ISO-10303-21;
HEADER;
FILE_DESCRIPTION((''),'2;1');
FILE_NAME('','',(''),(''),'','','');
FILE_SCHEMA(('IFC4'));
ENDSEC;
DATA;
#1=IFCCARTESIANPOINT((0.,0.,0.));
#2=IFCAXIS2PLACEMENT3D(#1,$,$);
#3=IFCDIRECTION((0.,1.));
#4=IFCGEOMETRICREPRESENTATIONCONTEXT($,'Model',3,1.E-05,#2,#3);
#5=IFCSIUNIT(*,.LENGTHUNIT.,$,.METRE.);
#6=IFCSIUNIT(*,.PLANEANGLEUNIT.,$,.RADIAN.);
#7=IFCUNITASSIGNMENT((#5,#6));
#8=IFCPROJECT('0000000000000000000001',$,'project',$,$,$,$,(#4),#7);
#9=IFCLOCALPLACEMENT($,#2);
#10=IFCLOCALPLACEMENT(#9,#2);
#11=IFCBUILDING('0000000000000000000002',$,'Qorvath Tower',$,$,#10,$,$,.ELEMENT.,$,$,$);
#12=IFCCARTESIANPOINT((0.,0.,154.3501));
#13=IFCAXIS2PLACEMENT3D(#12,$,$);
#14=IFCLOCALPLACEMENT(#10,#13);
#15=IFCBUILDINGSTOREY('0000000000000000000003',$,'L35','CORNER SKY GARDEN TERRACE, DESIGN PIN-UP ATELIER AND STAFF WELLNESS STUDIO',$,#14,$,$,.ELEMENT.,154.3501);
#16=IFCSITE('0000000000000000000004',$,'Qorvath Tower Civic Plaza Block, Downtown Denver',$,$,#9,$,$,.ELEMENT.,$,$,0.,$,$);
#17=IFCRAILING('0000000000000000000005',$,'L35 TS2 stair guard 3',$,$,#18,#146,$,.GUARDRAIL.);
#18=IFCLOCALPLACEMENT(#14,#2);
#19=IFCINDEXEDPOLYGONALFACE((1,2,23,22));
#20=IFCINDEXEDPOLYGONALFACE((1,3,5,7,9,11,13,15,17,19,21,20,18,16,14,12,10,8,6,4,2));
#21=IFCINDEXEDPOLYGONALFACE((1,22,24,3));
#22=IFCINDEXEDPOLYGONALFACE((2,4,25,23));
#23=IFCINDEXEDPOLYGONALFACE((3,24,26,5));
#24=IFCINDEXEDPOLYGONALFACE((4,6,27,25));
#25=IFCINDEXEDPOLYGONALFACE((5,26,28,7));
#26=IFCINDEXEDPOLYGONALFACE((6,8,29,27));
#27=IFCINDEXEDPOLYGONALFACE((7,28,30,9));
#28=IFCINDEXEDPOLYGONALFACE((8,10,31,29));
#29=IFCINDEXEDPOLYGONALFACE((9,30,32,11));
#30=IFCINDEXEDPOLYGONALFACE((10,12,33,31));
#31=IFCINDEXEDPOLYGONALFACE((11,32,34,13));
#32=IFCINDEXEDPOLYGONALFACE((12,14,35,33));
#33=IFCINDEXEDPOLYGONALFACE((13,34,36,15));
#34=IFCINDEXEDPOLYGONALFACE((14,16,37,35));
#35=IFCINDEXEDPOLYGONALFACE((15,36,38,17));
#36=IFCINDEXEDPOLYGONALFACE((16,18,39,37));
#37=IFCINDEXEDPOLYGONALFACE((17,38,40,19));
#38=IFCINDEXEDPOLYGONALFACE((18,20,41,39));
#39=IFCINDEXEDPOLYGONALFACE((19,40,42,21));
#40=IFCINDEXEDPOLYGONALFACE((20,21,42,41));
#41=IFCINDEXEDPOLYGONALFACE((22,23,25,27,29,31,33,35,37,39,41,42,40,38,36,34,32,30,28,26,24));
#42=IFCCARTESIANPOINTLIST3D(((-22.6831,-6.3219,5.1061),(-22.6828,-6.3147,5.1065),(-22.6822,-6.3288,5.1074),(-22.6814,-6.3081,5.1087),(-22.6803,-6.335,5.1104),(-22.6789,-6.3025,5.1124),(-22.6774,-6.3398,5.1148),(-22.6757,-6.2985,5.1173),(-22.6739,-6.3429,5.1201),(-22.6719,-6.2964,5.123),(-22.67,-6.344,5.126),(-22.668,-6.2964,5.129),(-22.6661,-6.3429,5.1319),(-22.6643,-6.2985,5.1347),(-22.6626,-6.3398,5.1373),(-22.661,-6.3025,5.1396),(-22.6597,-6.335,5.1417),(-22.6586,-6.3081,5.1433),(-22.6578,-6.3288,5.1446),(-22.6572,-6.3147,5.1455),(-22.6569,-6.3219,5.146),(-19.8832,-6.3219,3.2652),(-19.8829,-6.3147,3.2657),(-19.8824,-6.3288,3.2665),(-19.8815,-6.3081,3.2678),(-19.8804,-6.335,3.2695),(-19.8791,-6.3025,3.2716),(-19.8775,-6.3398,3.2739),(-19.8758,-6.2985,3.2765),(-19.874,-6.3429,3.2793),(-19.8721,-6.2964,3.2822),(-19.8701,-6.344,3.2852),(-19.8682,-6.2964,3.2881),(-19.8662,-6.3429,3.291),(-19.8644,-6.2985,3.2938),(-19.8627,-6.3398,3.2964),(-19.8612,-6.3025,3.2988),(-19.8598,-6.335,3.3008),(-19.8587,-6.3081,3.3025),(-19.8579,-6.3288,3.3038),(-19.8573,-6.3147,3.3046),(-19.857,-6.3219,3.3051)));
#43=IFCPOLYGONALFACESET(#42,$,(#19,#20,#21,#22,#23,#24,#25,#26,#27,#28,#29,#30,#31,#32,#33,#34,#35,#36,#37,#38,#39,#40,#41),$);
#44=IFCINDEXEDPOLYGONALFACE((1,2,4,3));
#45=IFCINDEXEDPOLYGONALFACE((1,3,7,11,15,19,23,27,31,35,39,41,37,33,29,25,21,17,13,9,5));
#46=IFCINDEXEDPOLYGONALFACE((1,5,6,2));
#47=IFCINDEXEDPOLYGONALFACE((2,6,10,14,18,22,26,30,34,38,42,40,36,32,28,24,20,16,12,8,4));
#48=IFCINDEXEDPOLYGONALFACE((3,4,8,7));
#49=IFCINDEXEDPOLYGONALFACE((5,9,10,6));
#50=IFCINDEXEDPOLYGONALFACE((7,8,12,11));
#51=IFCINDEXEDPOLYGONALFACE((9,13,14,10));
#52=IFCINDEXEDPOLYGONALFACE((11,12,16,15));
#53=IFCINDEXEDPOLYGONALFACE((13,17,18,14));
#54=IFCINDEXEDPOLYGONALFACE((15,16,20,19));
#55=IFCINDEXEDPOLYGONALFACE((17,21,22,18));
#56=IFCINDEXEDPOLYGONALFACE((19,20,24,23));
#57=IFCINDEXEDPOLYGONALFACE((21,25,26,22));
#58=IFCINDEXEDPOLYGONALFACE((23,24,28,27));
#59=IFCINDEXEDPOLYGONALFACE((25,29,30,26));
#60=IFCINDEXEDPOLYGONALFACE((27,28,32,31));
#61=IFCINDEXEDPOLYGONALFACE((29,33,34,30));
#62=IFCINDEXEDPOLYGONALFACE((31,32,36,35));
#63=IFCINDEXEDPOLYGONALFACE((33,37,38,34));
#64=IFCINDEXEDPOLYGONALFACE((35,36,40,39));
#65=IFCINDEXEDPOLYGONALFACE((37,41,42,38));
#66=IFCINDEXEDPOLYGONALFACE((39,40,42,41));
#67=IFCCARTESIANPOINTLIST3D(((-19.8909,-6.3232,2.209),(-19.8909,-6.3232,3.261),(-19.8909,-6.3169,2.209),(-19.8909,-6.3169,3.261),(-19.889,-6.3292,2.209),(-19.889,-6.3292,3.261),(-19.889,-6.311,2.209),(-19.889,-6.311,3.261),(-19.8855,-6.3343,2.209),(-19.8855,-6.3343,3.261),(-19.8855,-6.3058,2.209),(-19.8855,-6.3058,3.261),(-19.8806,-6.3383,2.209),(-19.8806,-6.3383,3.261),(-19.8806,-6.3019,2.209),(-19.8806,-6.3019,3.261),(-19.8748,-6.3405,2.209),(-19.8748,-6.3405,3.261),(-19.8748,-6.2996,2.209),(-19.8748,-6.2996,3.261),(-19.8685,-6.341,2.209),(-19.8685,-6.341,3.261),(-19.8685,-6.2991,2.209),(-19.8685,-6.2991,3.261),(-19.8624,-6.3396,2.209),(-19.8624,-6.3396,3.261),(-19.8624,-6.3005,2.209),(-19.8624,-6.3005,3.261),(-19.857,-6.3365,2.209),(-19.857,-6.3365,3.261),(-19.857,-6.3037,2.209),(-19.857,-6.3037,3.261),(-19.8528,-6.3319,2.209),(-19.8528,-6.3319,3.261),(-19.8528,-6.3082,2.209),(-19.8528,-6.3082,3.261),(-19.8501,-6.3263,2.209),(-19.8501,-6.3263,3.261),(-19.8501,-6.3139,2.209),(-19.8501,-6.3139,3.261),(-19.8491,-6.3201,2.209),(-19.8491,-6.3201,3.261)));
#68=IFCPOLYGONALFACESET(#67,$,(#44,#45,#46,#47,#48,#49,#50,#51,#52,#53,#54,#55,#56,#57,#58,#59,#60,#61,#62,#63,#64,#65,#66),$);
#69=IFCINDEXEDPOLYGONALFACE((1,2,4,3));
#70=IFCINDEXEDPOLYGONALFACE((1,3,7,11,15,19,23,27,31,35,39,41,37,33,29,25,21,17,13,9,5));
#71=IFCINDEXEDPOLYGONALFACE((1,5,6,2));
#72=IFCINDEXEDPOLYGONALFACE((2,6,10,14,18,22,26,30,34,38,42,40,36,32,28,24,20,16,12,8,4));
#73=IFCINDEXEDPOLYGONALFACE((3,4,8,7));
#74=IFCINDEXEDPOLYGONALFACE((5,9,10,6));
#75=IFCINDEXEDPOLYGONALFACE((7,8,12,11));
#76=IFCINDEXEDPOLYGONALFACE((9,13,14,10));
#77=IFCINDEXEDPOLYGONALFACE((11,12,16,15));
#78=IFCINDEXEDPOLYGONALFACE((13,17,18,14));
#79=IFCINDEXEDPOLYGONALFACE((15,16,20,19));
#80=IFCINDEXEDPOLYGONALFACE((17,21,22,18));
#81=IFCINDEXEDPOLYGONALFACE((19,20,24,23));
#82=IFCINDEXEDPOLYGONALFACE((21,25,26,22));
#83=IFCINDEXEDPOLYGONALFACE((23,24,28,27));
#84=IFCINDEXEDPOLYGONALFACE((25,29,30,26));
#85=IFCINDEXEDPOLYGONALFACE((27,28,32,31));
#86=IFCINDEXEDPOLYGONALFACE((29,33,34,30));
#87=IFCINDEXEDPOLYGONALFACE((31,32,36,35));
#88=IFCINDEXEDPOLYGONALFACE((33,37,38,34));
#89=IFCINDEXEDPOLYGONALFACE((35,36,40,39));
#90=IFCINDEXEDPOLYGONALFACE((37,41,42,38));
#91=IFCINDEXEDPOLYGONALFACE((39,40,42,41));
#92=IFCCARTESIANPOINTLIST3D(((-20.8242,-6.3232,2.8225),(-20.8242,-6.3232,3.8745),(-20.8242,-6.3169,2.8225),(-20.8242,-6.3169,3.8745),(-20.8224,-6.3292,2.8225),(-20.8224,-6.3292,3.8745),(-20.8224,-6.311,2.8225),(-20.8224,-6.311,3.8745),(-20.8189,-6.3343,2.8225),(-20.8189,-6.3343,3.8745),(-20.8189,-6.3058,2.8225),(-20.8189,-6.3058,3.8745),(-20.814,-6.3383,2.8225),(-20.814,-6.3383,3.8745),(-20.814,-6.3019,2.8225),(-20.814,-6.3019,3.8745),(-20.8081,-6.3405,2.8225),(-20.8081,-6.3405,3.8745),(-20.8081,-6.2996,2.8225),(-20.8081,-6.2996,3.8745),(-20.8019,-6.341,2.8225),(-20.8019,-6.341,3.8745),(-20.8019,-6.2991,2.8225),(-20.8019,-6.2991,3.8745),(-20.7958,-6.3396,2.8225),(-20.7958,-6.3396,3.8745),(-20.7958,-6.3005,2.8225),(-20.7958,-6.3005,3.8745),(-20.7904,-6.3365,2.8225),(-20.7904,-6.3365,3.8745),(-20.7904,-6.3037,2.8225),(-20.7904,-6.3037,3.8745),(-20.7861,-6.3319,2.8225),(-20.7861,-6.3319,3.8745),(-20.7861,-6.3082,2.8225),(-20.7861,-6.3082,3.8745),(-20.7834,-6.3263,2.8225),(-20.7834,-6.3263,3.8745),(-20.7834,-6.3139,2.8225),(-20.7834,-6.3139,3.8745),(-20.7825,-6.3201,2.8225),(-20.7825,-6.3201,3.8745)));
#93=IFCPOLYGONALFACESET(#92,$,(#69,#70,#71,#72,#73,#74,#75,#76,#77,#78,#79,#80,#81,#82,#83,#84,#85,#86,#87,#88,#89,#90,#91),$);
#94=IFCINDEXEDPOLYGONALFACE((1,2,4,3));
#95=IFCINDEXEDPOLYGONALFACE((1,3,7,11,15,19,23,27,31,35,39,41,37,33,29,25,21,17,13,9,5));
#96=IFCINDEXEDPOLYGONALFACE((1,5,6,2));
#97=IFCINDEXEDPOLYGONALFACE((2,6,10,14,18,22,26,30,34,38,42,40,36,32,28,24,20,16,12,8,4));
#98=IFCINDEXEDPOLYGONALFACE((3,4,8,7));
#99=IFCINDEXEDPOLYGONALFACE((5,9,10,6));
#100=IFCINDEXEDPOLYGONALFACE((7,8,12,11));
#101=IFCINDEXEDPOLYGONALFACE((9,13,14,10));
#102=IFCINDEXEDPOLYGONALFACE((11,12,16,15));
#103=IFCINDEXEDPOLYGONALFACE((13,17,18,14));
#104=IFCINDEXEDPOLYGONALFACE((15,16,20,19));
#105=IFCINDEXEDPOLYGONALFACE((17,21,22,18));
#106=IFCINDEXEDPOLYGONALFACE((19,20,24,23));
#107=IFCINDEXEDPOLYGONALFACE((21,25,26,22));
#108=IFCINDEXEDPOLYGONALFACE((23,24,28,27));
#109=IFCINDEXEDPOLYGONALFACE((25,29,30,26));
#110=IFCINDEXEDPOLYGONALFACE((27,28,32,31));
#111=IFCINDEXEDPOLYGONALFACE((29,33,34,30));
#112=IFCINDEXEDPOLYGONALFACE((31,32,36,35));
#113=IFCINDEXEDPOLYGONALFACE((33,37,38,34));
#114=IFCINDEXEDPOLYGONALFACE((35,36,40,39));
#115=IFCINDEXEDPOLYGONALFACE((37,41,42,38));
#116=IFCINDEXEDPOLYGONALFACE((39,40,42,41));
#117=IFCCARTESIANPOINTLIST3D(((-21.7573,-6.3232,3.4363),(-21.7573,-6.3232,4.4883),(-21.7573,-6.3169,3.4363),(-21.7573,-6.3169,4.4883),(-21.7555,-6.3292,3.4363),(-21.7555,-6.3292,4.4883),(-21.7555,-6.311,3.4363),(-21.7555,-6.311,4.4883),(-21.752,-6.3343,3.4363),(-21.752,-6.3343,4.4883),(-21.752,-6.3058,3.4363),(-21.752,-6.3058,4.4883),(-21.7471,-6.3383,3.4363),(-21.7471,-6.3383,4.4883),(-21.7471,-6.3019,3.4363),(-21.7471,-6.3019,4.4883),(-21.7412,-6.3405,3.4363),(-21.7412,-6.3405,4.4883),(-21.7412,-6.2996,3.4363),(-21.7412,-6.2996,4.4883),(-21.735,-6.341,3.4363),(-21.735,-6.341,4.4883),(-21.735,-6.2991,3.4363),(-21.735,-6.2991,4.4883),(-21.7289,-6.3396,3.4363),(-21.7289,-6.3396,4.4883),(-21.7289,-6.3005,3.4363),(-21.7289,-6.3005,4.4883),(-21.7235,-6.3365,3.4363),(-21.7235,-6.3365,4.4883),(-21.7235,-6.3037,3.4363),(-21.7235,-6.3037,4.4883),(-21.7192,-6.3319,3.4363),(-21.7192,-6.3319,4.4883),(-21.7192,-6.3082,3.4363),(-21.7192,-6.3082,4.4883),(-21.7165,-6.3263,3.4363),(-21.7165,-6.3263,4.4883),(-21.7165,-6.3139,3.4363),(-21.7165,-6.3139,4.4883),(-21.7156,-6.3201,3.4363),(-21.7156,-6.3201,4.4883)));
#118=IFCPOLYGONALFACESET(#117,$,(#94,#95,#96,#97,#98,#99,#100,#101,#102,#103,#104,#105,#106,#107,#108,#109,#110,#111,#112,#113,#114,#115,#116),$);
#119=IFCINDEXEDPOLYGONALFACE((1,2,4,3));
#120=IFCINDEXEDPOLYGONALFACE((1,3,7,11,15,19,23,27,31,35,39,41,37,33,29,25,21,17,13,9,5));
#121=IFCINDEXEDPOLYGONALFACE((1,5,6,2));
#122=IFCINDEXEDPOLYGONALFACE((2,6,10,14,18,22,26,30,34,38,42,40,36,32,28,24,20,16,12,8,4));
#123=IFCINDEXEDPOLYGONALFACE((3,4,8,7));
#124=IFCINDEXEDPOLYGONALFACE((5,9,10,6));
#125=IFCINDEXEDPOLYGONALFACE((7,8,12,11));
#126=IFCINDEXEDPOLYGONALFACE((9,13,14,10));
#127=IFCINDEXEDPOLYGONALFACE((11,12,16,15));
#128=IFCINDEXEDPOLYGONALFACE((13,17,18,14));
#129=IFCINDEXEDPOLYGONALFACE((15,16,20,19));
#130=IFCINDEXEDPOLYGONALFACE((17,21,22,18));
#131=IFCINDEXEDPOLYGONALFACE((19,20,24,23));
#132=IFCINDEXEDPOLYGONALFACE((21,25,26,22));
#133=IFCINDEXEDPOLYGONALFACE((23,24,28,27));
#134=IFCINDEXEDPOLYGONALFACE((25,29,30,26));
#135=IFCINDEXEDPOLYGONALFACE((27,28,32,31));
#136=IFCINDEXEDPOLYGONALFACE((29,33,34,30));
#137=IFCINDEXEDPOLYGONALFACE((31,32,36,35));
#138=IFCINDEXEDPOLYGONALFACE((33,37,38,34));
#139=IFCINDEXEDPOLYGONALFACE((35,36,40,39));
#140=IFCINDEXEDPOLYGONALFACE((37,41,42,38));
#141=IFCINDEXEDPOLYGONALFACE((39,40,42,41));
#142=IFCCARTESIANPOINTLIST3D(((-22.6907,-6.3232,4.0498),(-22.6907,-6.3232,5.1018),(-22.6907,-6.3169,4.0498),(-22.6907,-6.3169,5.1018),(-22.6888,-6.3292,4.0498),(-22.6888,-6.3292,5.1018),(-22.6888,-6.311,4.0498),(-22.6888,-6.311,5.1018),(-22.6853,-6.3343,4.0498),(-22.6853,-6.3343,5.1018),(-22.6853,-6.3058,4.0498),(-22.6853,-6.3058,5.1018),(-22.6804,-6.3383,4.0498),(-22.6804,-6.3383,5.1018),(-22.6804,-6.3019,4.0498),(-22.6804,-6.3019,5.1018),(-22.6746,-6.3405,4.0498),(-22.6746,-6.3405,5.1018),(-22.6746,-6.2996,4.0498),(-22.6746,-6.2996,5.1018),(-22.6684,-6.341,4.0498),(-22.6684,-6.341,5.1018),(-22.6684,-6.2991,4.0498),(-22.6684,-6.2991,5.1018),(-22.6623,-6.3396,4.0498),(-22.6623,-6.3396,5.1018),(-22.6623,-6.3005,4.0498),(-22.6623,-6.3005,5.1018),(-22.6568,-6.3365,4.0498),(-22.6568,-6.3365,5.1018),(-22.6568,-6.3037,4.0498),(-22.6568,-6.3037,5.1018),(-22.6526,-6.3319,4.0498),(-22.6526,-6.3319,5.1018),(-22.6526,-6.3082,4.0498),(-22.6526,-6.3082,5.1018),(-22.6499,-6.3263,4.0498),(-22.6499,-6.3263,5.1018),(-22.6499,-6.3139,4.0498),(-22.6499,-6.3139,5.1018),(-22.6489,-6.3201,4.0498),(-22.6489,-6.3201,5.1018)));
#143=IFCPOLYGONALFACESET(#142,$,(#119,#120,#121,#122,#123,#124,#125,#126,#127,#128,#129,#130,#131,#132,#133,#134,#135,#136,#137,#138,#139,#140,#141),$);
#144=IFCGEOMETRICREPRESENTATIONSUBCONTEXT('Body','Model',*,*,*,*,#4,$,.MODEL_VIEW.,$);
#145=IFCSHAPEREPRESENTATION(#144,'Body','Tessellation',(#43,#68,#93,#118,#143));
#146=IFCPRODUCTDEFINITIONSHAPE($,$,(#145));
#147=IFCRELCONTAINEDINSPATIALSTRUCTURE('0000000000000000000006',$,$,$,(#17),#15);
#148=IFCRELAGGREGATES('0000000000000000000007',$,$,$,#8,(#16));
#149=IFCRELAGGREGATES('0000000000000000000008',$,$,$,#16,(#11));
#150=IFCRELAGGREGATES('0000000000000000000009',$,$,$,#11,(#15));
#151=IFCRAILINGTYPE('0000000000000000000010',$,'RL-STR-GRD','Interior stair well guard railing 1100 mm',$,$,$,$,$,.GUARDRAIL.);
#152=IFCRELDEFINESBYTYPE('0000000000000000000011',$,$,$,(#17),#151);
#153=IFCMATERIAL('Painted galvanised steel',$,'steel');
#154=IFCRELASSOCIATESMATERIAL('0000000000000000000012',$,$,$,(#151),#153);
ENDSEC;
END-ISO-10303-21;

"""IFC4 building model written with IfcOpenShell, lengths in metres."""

from ifc_helpers import new_model, si_unit, direction, frame, origin, origin_2d, place, context, subcontext, project, spatial, circle, extrude, material, type_object, element, save


model = new_model("IFC4")

# Units and contexts
model_context = context("Model", 3, precision=1e-05, world=origin(), true_north=direction((0.0, 1.0)))
body_context = subcontext(model_context, "Body", "Model", "MODEL_VIEW")
ifc_project = project(units=[si_unit("LENGTHUNIT", "METRE"), si_unit("PLANEANGLEUNIT", "RADIAN")], contexts=[model_context])

# Site, building, storey
site_placement = place(None, origin())
site = spatial("IfcSite", under=ifc_project, at=site_placement, Name="Qorvath Tower Civic Plaza Block, Downtown Denver", CompositionType="ELEMENT", RefElevation=0.0)
building_placement = place(site_placement, origin())
building = spatial("IfcBuilding", under=site, at=building_placement, Name="Qorvath Tower", CompositionType="ELEMENT")
storey_placement = place(building_placement, frame((0.0, 0.0, 154.3501)))
storey = spatial("IfcBuildingStorey", under=building, at=storey_placement, Name="L35", Description="CORNER SKY GARDEN TERRACE, DESIGN PIN-UP ATELIER AND STAFF WELLNESS STUDIO", CompositionType="ELEMENT", Elevation=154.3501)

# Railing
ifc_material_1 = material(Name="Painted galvanised steel", Category="steel")
railing_type_1 = type_object("IfcRailingType", Name="RL-STR-GRD", Description="Interior stair well guard railing 1100 mm", PredefinedType="GUARDRAIL", material=ifc_material_1)
railing_1_placement = place(storey_placement, frame((-19.8701, -6.3201, 2.209)))
element("IfcRailing", 1, at=railing_1_placement, inside=storey, type_object=railing_type_1, Name="L35 TS2 stair guard 3", PredefinedType="GUARDRAIL", context=body_context, shape_type="SweptSolid", body=[
    extrude(circle(Radius=0.0239, at=origin_2d()), frame((0.0, 0.0, 1.0762), z_axis=(-0.835576, 0.0, 0.549376), x_axis=(0.0, -1.0, 0.0)), (0.0, 0.0, 1.0), 3.3508),
    extrude(circle(Radius=0.021, at=origin_2d()), origin(), (0.0, 0.0, 1.0), 1.052),
    extrude(circle(Radius=0.021, at=origin_2d()), frame((-0.9333, 0.0, 0.6135)), (0.0, 0.0, 1.0), 1.052),
    extrude(circle(Radius=0.021, at=origin_2d()), frame((-1.8665, 0.0, 1.2273)), (0.0, 0.0, 1.0), 1.052),
    extrude(circle(Radius=0.021, at=origin_2d()), frame((-2.7998, 0.0, 1.8408)), (0.0, 0.0, 1.0), 1.052),
])

save(model, "model.ifc")
